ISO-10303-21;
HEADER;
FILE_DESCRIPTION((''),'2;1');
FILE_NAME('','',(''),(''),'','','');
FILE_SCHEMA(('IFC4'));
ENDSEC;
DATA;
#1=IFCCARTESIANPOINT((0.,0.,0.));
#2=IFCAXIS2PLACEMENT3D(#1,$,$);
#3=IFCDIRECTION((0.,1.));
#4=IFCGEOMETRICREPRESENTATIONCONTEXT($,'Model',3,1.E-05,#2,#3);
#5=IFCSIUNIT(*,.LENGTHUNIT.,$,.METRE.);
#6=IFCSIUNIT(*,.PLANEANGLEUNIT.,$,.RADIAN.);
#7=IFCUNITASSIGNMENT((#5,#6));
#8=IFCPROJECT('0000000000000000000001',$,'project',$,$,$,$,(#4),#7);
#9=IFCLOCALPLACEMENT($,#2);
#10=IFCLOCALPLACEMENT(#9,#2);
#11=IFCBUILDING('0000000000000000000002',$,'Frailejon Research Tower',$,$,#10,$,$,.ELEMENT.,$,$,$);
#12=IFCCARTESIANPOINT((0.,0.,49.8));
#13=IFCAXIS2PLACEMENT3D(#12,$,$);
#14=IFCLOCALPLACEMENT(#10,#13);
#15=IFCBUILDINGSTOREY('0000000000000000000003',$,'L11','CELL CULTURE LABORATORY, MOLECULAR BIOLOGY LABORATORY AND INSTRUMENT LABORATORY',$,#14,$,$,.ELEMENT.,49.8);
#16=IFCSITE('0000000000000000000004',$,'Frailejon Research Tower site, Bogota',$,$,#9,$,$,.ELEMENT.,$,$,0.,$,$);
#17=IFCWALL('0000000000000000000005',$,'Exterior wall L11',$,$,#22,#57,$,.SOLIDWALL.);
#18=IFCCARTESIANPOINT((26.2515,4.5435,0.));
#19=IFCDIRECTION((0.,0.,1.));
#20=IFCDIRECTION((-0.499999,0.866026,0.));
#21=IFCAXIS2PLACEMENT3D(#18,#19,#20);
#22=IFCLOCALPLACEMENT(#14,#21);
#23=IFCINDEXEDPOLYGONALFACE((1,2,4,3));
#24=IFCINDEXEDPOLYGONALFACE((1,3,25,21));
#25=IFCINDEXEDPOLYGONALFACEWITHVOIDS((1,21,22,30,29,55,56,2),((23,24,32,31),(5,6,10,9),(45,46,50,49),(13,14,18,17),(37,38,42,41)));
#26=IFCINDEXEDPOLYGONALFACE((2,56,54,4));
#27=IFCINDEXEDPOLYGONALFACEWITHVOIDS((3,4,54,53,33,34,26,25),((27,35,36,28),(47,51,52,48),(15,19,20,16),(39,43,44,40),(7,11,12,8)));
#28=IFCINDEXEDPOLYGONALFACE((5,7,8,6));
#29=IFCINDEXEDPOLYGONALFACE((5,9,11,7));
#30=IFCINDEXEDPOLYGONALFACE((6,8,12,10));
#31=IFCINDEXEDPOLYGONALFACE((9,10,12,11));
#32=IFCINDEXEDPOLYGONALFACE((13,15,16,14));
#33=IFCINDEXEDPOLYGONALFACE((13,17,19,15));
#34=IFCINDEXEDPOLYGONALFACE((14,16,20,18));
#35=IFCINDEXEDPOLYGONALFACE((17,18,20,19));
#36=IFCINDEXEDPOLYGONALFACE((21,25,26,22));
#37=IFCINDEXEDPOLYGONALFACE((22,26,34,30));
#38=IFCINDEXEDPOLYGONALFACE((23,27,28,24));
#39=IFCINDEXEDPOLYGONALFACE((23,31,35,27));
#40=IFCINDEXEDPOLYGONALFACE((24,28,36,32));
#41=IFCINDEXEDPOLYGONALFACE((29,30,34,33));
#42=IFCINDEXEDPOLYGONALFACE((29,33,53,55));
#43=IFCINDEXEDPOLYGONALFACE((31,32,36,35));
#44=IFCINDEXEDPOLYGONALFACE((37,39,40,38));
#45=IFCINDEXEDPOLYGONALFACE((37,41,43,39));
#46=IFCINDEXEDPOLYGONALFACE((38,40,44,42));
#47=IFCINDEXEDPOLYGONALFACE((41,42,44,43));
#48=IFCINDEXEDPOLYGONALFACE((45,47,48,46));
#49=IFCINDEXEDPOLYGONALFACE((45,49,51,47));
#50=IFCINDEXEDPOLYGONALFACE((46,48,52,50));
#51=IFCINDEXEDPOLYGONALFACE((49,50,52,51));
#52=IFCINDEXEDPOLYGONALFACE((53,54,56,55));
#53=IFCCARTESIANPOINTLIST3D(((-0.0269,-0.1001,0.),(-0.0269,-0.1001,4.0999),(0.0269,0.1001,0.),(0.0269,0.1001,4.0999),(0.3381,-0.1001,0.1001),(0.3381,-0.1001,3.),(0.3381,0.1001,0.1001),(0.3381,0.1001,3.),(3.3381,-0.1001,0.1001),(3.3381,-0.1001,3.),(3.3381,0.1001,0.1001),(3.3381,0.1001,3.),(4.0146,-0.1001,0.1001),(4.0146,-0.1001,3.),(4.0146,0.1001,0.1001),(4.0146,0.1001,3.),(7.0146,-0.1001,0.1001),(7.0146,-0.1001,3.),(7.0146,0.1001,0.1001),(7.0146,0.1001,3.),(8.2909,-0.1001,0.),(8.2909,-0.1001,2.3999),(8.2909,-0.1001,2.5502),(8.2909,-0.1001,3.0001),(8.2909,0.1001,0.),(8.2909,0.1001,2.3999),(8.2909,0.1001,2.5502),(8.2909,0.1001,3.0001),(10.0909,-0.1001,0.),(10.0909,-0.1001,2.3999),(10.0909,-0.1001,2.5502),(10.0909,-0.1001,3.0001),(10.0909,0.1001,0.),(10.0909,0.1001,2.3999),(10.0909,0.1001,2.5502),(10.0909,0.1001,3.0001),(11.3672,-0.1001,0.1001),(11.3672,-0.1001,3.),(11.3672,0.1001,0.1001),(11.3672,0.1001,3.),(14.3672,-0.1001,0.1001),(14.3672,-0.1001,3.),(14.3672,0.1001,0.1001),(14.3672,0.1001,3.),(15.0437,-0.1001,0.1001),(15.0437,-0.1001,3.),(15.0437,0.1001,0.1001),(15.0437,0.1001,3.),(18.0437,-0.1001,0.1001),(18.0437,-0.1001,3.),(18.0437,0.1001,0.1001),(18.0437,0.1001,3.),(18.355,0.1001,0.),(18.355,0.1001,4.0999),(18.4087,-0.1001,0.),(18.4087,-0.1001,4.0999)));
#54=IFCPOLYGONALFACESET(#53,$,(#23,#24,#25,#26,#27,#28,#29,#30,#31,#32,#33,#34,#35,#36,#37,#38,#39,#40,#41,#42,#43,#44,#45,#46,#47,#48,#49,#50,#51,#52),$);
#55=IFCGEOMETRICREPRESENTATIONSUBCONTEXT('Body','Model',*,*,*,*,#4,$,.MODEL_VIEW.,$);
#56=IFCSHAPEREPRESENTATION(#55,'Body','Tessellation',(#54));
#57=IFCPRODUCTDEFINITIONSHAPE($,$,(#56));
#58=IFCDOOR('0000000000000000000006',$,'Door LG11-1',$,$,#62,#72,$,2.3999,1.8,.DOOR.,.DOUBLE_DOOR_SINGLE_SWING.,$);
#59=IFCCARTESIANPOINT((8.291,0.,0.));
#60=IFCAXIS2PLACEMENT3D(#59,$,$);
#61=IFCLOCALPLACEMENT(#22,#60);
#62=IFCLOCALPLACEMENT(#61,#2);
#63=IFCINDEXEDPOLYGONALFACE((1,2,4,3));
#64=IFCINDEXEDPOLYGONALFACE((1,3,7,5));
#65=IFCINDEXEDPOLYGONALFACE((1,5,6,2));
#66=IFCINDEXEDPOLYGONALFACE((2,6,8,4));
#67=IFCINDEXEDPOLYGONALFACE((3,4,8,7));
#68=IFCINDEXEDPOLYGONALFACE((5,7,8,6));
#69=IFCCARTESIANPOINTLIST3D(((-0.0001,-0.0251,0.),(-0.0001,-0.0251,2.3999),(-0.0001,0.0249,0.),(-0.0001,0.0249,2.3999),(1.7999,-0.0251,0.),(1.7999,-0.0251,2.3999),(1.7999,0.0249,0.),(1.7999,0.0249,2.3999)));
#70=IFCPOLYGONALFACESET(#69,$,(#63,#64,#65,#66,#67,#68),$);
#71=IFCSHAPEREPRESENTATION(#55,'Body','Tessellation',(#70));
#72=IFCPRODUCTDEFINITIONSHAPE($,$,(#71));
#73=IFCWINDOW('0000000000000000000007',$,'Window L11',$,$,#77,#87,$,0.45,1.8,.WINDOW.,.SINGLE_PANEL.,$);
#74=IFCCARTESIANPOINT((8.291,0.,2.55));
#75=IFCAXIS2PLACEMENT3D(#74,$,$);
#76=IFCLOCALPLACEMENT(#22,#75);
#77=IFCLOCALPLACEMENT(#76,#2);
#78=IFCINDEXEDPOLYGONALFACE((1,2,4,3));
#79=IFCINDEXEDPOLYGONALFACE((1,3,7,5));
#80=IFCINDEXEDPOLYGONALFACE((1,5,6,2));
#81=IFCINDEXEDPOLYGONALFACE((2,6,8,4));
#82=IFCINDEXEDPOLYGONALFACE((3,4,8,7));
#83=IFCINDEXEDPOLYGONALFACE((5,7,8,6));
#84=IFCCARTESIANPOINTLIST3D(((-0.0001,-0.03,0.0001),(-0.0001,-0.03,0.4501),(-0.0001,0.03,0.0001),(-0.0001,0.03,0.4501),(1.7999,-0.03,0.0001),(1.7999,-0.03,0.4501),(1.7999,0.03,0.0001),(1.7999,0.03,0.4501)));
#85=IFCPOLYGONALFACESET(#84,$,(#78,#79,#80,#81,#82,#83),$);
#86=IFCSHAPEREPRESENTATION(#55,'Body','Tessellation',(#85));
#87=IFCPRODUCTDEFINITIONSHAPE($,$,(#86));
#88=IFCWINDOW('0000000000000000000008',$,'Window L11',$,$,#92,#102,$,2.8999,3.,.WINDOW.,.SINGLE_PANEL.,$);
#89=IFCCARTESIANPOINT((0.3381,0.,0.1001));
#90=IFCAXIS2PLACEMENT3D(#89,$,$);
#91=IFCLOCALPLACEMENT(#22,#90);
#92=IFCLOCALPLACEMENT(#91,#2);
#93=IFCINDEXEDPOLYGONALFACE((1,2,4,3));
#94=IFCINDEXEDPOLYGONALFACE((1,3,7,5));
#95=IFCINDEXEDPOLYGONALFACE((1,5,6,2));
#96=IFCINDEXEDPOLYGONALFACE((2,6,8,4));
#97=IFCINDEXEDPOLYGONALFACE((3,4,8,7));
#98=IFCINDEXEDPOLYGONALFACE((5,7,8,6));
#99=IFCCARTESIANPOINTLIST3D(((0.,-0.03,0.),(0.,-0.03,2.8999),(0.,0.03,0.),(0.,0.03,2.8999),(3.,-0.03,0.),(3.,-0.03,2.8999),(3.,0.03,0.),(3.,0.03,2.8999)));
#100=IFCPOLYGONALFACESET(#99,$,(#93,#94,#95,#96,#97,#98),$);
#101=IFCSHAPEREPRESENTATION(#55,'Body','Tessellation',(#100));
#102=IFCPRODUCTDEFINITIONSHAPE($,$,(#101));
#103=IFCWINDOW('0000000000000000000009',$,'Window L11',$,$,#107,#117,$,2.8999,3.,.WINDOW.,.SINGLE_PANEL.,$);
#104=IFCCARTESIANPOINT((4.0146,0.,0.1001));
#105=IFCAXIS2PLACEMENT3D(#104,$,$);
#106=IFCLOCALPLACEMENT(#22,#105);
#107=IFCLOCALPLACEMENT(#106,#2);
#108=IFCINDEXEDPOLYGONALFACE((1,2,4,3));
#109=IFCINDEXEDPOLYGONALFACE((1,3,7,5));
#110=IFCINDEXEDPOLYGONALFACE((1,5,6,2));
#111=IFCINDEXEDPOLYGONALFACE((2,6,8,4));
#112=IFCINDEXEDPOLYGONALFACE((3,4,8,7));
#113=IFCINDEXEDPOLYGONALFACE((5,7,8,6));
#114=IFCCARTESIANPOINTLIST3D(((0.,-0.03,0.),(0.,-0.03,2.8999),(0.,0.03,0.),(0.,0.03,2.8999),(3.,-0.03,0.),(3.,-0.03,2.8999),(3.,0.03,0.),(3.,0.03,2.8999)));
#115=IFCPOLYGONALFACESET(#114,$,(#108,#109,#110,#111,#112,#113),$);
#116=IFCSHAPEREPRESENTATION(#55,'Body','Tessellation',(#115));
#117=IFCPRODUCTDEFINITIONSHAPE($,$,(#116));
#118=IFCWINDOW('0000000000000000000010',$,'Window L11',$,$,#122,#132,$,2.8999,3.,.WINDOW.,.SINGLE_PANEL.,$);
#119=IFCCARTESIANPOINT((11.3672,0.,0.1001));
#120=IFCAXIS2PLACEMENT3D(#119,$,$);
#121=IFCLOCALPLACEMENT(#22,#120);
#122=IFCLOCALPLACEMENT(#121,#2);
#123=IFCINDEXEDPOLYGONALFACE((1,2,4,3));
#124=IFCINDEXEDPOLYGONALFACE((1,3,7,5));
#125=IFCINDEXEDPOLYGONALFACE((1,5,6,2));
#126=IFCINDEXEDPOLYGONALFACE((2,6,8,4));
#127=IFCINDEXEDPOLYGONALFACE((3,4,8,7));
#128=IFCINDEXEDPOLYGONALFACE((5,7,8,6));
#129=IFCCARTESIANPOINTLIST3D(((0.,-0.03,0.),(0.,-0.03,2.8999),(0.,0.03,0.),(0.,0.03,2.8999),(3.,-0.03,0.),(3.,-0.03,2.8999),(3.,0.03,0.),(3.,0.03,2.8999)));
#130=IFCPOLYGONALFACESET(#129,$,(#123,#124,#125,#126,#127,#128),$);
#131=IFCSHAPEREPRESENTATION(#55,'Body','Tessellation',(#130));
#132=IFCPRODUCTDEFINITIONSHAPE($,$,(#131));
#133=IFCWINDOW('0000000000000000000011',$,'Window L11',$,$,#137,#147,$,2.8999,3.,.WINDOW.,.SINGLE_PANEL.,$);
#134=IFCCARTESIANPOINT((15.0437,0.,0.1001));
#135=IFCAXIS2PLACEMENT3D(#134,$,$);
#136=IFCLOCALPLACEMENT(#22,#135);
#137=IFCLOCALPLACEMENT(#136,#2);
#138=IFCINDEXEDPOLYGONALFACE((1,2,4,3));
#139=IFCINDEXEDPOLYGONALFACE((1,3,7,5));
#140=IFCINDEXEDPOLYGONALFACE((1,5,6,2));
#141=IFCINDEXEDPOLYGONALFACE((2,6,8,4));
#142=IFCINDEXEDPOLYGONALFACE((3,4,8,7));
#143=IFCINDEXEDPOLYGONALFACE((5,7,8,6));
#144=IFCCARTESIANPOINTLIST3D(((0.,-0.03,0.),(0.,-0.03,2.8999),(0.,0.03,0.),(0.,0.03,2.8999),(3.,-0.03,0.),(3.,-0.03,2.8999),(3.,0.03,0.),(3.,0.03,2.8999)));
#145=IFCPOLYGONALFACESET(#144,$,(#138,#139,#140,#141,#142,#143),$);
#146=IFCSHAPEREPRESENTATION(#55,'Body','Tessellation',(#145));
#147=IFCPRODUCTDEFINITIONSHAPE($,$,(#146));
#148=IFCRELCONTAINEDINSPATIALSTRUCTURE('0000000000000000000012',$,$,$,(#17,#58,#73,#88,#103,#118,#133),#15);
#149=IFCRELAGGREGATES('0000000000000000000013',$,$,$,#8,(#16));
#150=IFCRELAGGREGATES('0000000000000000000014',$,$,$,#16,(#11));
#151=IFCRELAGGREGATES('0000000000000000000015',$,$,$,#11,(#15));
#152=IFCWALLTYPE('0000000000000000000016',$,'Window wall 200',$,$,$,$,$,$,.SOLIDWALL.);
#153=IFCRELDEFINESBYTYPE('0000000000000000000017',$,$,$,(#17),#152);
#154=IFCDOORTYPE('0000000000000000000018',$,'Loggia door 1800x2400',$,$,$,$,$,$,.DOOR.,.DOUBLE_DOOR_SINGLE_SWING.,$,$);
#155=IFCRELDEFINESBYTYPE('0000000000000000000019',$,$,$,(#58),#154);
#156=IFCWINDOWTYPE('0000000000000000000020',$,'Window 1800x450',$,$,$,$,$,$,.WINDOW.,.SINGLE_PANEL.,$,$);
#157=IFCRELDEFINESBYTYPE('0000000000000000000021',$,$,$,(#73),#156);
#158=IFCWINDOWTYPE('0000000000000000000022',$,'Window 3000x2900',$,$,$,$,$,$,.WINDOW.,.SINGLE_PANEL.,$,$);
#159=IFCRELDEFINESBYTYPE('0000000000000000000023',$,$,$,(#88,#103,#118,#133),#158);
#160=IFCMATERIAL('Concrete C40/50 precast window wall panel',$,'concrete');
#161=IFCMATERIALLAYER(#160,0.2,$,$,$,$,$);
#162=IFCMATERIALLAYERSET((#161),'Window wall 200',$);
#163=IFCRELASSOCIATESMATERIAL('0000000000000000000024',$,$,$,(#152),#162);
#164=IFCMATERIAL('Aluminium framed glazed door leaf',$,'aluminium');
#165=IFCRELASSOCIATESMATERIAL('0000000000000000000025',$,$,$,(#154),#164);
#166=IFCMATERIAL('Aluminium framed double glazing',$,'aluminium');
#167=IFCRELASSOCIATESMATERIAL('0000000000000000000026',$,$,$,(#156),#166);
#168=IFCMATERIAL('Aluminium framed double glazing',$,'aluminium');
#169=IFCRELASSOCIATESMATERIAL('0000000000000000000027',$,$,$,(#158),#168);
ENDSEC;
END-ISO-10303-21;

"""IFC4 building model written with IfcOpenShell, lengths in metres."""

from ifc_helpers import new_model, si_unit, direction, frame, frame_2d, origin, place, context, subcontext, project, spatial, polyline, rectangle, outline, extrude, material, layer, layer_set, type_object, element, fill, save


model = new_model("IFC4")

# Units and contexts
model_context = context("Model", 3, precision=1e-05, world=origin(), true_north=direction((0.0, 1.0)))
body_context = subcontext(model_context, "Body", "Model", "MODEL_VIEW")
ifc_project = project(units=[si_unit("LENGTHUNIT", "METRE"), si_unit("PLANEANGLEUNIT", "RADIAN")], contexts=[model_context])

# Site, building, storey
site_placement = place(None, origin())
site = spatial("IfcSite", under=ifc_project, at=site_placement, Name="Frailejon Research Tower site, Bogota", CompositionType="ELEMENT", RefElevation=0.0)
building_placement = place(site_placement, origin())
building = spatial("IfcBuilding", under=site, at=building_placement, Name="Frailejon Research Tower", CompositionType="ELEMENT")
storey_placement = place(building_placement, frame((0.0, 0.0, 49.8)))
storey = spatial("IfcBuildingStorey", under=building, at=storey_placement, Name="L11", Description="CELL CULTURE LABORATORY, MOLECULAR BIOLOGY LABORATORY AND INSTRUMENT LABORATORY", CompositionType="ELEMENT", Elevation=49.8)

# Wall, openings, door, windows
ifc_material_1 = material(Name="Concrete C40/50 precast window wall panel", Category="concrete")
ifc_layer_1 = layer(ifc_material_1, 0.2)
ifc_layer_set_1 = layer_set([ifc_layer_1], Name="Window wall 200")
wall_type_1 = type_object("IfcWallType", Name="Window wall 200", PredefinedType="SOLIDWALL", material=ifc_layer_set_1)
wall_1_placement = place(storey_placement, frame((26.2515, 4.5435, 0.0), z_axis=(0.0, 0.0, 1.0), x_axis=(-0.499999, 0.866026, 0.0)))
wall_1 = element("IfcWall", 1, at=wall_1_placement, inside=storey, type_object=wall_type_1, Name="Exterior wall L11", PredefinedType="SOLIDWALL", context=body_context, shape_type="SweptSolid", body=[
    extrude(outline(polyline([(-0.0269, -0.1001), (0.9973, -0.1001), (2.0215, -0.1001), (3.0457, -0.1001), (4.0698, -0.1001), (5.0942, -0.1001), (6.1184, -0.1001), (7.1426, -0.1001), (8.1667, -0.1001), (9.1909, -0.1001), (10.2151, -0.1001), (11.2393, -0.1001), (12.2634, -0.1001), (13.2876, -0.1001), (14.312, -0.1001), (15.3362, -0.1001), (16.3604, -0.1001), (17.3845, -0.1001), (18.4087, -0.1001), (18.355, 0.1001), (17.3367, 0.1001), (16.3186, 0.1001), (15.3003, 0.1001), (14.282, 0.1001), (13.2639, 0.1001), (12.2456, 0.1001), (11.2273, 0.1001), (10.2092, 0.1001), (9.1909, 0.1001), (8.1726, 0.1001), (7.1545, 0.1001), (6.1362, 0.1001), (5.1179, 0.1001), (4.0999, 0.1001), (3.0815, 0.1001), (2.0632, 0.1001), (1.0452, 0.1001), (0.0269, 0.1001), (-0.0269, -0.1001)])), origin(), (0.0, 0.0, 1.0), 4.0999),
])
opening_1_placement = place(wall_1_placement, frame((0.3381, 0.0, 0.1001)))
opening_1 = element("IfcOpeningElement", 2, at=opening_1_placement, cuts=wall_1, PredefinedType="OPENING", context=body_context, shape_type="SweptSolid", body=[
    extrude(rectangle(XDim=3.0, YDim=2.8999, at=frame_2d((1.5, 1.45))), frame((0.0, 0.1099, 0.0), z_axis=(0.0, -1.0, 0.0), x_axis=(1.0, 0.0, 0.0)), (0.0, 0.0, 1.0), 0.22),
])
opening_2_placement = place(wall_1_placement, frame((4.0146, 0.0, 0.1001)))
opening_2 = element("IfcOpeningElement", 3, at=opening_2_placement, cuts=wall_1, PredefinedType="OPENING", context=body_context, shape_type="SweptSolid", body=[
    extrude(rectangle(XDim=3.0, YDim=2.8999, at=frame_2d((1.5, 1.45))), frame((0.0, 0.1099, 0.0), z_axis=(0.0, -1.0, 0.0), x_axis=(1.0, 0.0, 0.0)), (0.0, 0.0, 1.0), 0.22),
])
opening_3_placement = place(wall_1_placement, frame((8.291, 0.0, 0.0)))
opening_3 = element("IfcOpeningElement", 4, at=opening_3_placement, cuts=wall_1, PredefinedType="OPENING", context=body_context, shape_type="SweptSolid", body=[
    extrude(rectangle(XDim=1.8, YDim=2.3999, at=frame_2d((0.8999, 1.2))), frame((0.0, 0.1099, 0.0), z_axis=(0.0, -1.0, 0.0), x_axis=(1.0, 0.0, 0.0)), (0.0, 0.0, 1.0), 0.22),
])
opening_4_placement = place(wall_1_placement, frame((8.291, 0.0, 2.55)))
opening_4 = element("IfcOpeningElement", 5, at=opening_4_placement, cuts=wall_1, PredefinedType="OPENING", context=body_context, shape_type="SweptSolid", body=[
    extrude(rectangle(XDim=1.8, YDim=0.45, at=frame_2d((0.8999, 0.2251))), frame((0.0, 0.1099, 0.0), z_axis=(0.0, -1.0, 0.0), x_axis=(1.0, 0.0, 0.0)), (0.0, 0.0, 1.0), 0.22),
])
opening_5_placement = place(wall_1_placement, frame((11.3672, 0.0, 0.1001)))
opening_5 = element("IfcOpeningElement", 6, at=opening_5_placement, cuts=wall_1, PredefinedType="OPENING", context=body_context, shape_type="SweptSolid", body=[
    extrude(rectangle(XDim=3.0, YDim=2.8999, at=frame_2d((1.5, 1.45))), frame((0.0, 0.1099, 0.0), z_axis=(0.0, -1.0, 0.0), x_axis=(1.0, 0.0, 0.0)), (0.0, 0.0, 1.0), 0.22),
])
opening_6_placement = place(wall_1_placement, frame((15.0437, 0.0, 0.1001)))
opening_6 = element("IfcOpeningElement", 7, at=opening_6_placement, cuts=wall_1, PredefinedType="OPENING", context=body_context, shape_type="SweptSolid", body=[
    extrude(rectangle(XDim=3.0, YDim=2.8999, at=frame_2d((1.5, 1.45))), frame((0.0, 0.1099, 0.0), z_axis=(0.0, -1.0, 0.0), x_axis=(1.0, 0.0, 0.0)), (0.0, 0.0, 1.0), 0.22),
])
ifc_material_2 = material(Name="Aluminium framed glazed door leaf", Category="aluminium")
door_type = type_object("IfcDoorType", Name="Loggia door 1800x2400", OperationType="DOUBLE_DOOR_SINGLE_SWING", PredefinedType="DOOR", material=ifc_material_2)
door_placement = place(opening_3_placement, origin())
door = element("IfcDoor", 8, at=door_placement, inside=storey, type_object=door_type, Name="Door LG11-1", OperationType="DOUBLE_DOOR_SINGLE_SWING", OverallHeight=2.3999, OverallWidth=1.8, PredefinedType="DOOR", context=body_context, shape_type="SweptSolid", body=[
    extrude(rectangle(XDim=1.8, YDim=2.3999, at=frame_2d((0.8999, 1.2))), frame((0.0, 0.0249, 0.0), z_axis=(0.0, -1.0, 0.0), x_axis=(1.0, 0.0, 0.0)), (0.0, 0.0, 1.0), 0.05),
])
fill(opening_3, door)
ifc_material_3 = material(Name="Aluminium framed double glazing", Category="aluminium")
window_type_1 = type_object("IfcWindowType", Name="Window 1800x450", PartitioningType="SINGLE_PANEL", PredefinedType="WINDOW", material=ifc_material_3)
window_1_placement = place(opening_4_placement, origin())
window_1 = element("IfcWindow", 9, at=window_1_placement, inside=storey, type_object=window_type_1, Name="Window L11", OverallHeight=0.45, OverallWidth=1.8, PartitioningType="SINGLE_PANEL", PredefinedType="WINDOW", context=body_context, shape_type="SweptSolid", body=[
    extrude(rectangle(XDim=1.8, YDim=0.45, at=frame_2d((0.8999, 0.2251))), frame((0.0, 0.03, 0.0), z_axis=(0.0, -1.0, 0.0), x_axis=(1.0, 0.0, 0.0)), (0.0, 0.0, 1.0), 0.0601),
])
fill(opening_4, window_1)
ifc_material_4 = material(Name="Aluminium framed double glazing", Category="aluminium")
window_type_2 = type_object("IfcWindowType", Name="Window 3000x2900", PartitioningType="SINGLE_PANEL", PredefinedType="WINDOW", material=ifc_material_4)
window_2_placement = place(opening_1_placement, origin())
window_2 = element("IfcWindow", 10, at=window_2_placement, inside=storey, type_object=window_type_2, Name="Window L11", OverallHeight=2.8999, OverallWidth=3.0, PartitioningType="SINGLE_PANEL", PredefinedType="WINDOW", context=body_context, shape_type="SweptSolid", body=[
    extrude(rectangle(XDim=3.0, YDim=2.8999, at=frame_2d((1.5, 1.45))), frame((0.0, 0.03, 0.0), z_axis=(0.0, -1.0, 0.0), x_axis=(1.0, 0.0, 0.0)), (0.0, 0.0, 1.0), 0.0601),
])
fill(opening_1, window_2)
window_3_placement = place(opening_2_placement, origin())
window_3 = element("IfcWindow", 11, at=window_3_placement, inside=storey, type_object=window_type_2, Name="Window L11", OverallHeight=2.8999, OverallWidth=3.0, PartitioningType="SINGLE_PANEL", PredefinedType="WINDOW", context=body_context, shape_type="SweptSolid", body=[
    extrude(rectangle(XDim=3.0, YDim=2.8999, at=frame_2d((1.5, 1.45))), frame((0.0, 0.03, 0.0), z_axis=(0.0, -1.0, 0.0), x_axis=(1.0, 0.0, 0.0)), (0.0, 0.0, 1.0), 0.0601),
])
fill(opening_2, window_3)
window_4_placement = place(opening_5_placement, origin())
window_4 = element("IfcWindow", 12, at=window_4_placement, inside=storey, type_object=window_type_2, Name="Window L11", OverallHeight=2.8999, OverallWidth=3.0, PartitioningType="SINGLE_PANEL", PredefinedType="WINDOW", context=body_context, shape_type="SweptSolid", body=[
    extrude(rectangle(XDim=3.0, YDim=2.8999, at=frame_2d((1.5, 1.45))), frame((0.0, 0.03, 0.0), z_axis=(0.0, -1.0, 0.0), x_axis=(1.0, 0.0, 0.0)), (0.0, 0.0, 1.0), 0.0601),
])
fill(opening_5, window_4)
window_5_placement = place(opening_6_placement, origin())
window_5 = element("IfcWindow", 13, at=window_5_placement, inside=storey, type_object=window_type_2, Name="Window L11", OverallHeight=2.8999, OverallWidth=3.0, PartitioningType="SINGLE_PANEL", PredefinedType="WINDOW", context=body_context, shape_type="SweptSolid", body=[
    extrude(rectangle(XDim=3.0, YDim=2.8999, at=frame_2d((1.5, 1.45))), frame((0.0, 0.03, 0.0), z_axis=(0.0, -1.0, 0.0), x_axis=(1.0, 0.0, 0.0)), (0.0, 0.0, 1.0), 0.0601),
])
fill(opening_6, window_5)

save(model, "model.ifc")
